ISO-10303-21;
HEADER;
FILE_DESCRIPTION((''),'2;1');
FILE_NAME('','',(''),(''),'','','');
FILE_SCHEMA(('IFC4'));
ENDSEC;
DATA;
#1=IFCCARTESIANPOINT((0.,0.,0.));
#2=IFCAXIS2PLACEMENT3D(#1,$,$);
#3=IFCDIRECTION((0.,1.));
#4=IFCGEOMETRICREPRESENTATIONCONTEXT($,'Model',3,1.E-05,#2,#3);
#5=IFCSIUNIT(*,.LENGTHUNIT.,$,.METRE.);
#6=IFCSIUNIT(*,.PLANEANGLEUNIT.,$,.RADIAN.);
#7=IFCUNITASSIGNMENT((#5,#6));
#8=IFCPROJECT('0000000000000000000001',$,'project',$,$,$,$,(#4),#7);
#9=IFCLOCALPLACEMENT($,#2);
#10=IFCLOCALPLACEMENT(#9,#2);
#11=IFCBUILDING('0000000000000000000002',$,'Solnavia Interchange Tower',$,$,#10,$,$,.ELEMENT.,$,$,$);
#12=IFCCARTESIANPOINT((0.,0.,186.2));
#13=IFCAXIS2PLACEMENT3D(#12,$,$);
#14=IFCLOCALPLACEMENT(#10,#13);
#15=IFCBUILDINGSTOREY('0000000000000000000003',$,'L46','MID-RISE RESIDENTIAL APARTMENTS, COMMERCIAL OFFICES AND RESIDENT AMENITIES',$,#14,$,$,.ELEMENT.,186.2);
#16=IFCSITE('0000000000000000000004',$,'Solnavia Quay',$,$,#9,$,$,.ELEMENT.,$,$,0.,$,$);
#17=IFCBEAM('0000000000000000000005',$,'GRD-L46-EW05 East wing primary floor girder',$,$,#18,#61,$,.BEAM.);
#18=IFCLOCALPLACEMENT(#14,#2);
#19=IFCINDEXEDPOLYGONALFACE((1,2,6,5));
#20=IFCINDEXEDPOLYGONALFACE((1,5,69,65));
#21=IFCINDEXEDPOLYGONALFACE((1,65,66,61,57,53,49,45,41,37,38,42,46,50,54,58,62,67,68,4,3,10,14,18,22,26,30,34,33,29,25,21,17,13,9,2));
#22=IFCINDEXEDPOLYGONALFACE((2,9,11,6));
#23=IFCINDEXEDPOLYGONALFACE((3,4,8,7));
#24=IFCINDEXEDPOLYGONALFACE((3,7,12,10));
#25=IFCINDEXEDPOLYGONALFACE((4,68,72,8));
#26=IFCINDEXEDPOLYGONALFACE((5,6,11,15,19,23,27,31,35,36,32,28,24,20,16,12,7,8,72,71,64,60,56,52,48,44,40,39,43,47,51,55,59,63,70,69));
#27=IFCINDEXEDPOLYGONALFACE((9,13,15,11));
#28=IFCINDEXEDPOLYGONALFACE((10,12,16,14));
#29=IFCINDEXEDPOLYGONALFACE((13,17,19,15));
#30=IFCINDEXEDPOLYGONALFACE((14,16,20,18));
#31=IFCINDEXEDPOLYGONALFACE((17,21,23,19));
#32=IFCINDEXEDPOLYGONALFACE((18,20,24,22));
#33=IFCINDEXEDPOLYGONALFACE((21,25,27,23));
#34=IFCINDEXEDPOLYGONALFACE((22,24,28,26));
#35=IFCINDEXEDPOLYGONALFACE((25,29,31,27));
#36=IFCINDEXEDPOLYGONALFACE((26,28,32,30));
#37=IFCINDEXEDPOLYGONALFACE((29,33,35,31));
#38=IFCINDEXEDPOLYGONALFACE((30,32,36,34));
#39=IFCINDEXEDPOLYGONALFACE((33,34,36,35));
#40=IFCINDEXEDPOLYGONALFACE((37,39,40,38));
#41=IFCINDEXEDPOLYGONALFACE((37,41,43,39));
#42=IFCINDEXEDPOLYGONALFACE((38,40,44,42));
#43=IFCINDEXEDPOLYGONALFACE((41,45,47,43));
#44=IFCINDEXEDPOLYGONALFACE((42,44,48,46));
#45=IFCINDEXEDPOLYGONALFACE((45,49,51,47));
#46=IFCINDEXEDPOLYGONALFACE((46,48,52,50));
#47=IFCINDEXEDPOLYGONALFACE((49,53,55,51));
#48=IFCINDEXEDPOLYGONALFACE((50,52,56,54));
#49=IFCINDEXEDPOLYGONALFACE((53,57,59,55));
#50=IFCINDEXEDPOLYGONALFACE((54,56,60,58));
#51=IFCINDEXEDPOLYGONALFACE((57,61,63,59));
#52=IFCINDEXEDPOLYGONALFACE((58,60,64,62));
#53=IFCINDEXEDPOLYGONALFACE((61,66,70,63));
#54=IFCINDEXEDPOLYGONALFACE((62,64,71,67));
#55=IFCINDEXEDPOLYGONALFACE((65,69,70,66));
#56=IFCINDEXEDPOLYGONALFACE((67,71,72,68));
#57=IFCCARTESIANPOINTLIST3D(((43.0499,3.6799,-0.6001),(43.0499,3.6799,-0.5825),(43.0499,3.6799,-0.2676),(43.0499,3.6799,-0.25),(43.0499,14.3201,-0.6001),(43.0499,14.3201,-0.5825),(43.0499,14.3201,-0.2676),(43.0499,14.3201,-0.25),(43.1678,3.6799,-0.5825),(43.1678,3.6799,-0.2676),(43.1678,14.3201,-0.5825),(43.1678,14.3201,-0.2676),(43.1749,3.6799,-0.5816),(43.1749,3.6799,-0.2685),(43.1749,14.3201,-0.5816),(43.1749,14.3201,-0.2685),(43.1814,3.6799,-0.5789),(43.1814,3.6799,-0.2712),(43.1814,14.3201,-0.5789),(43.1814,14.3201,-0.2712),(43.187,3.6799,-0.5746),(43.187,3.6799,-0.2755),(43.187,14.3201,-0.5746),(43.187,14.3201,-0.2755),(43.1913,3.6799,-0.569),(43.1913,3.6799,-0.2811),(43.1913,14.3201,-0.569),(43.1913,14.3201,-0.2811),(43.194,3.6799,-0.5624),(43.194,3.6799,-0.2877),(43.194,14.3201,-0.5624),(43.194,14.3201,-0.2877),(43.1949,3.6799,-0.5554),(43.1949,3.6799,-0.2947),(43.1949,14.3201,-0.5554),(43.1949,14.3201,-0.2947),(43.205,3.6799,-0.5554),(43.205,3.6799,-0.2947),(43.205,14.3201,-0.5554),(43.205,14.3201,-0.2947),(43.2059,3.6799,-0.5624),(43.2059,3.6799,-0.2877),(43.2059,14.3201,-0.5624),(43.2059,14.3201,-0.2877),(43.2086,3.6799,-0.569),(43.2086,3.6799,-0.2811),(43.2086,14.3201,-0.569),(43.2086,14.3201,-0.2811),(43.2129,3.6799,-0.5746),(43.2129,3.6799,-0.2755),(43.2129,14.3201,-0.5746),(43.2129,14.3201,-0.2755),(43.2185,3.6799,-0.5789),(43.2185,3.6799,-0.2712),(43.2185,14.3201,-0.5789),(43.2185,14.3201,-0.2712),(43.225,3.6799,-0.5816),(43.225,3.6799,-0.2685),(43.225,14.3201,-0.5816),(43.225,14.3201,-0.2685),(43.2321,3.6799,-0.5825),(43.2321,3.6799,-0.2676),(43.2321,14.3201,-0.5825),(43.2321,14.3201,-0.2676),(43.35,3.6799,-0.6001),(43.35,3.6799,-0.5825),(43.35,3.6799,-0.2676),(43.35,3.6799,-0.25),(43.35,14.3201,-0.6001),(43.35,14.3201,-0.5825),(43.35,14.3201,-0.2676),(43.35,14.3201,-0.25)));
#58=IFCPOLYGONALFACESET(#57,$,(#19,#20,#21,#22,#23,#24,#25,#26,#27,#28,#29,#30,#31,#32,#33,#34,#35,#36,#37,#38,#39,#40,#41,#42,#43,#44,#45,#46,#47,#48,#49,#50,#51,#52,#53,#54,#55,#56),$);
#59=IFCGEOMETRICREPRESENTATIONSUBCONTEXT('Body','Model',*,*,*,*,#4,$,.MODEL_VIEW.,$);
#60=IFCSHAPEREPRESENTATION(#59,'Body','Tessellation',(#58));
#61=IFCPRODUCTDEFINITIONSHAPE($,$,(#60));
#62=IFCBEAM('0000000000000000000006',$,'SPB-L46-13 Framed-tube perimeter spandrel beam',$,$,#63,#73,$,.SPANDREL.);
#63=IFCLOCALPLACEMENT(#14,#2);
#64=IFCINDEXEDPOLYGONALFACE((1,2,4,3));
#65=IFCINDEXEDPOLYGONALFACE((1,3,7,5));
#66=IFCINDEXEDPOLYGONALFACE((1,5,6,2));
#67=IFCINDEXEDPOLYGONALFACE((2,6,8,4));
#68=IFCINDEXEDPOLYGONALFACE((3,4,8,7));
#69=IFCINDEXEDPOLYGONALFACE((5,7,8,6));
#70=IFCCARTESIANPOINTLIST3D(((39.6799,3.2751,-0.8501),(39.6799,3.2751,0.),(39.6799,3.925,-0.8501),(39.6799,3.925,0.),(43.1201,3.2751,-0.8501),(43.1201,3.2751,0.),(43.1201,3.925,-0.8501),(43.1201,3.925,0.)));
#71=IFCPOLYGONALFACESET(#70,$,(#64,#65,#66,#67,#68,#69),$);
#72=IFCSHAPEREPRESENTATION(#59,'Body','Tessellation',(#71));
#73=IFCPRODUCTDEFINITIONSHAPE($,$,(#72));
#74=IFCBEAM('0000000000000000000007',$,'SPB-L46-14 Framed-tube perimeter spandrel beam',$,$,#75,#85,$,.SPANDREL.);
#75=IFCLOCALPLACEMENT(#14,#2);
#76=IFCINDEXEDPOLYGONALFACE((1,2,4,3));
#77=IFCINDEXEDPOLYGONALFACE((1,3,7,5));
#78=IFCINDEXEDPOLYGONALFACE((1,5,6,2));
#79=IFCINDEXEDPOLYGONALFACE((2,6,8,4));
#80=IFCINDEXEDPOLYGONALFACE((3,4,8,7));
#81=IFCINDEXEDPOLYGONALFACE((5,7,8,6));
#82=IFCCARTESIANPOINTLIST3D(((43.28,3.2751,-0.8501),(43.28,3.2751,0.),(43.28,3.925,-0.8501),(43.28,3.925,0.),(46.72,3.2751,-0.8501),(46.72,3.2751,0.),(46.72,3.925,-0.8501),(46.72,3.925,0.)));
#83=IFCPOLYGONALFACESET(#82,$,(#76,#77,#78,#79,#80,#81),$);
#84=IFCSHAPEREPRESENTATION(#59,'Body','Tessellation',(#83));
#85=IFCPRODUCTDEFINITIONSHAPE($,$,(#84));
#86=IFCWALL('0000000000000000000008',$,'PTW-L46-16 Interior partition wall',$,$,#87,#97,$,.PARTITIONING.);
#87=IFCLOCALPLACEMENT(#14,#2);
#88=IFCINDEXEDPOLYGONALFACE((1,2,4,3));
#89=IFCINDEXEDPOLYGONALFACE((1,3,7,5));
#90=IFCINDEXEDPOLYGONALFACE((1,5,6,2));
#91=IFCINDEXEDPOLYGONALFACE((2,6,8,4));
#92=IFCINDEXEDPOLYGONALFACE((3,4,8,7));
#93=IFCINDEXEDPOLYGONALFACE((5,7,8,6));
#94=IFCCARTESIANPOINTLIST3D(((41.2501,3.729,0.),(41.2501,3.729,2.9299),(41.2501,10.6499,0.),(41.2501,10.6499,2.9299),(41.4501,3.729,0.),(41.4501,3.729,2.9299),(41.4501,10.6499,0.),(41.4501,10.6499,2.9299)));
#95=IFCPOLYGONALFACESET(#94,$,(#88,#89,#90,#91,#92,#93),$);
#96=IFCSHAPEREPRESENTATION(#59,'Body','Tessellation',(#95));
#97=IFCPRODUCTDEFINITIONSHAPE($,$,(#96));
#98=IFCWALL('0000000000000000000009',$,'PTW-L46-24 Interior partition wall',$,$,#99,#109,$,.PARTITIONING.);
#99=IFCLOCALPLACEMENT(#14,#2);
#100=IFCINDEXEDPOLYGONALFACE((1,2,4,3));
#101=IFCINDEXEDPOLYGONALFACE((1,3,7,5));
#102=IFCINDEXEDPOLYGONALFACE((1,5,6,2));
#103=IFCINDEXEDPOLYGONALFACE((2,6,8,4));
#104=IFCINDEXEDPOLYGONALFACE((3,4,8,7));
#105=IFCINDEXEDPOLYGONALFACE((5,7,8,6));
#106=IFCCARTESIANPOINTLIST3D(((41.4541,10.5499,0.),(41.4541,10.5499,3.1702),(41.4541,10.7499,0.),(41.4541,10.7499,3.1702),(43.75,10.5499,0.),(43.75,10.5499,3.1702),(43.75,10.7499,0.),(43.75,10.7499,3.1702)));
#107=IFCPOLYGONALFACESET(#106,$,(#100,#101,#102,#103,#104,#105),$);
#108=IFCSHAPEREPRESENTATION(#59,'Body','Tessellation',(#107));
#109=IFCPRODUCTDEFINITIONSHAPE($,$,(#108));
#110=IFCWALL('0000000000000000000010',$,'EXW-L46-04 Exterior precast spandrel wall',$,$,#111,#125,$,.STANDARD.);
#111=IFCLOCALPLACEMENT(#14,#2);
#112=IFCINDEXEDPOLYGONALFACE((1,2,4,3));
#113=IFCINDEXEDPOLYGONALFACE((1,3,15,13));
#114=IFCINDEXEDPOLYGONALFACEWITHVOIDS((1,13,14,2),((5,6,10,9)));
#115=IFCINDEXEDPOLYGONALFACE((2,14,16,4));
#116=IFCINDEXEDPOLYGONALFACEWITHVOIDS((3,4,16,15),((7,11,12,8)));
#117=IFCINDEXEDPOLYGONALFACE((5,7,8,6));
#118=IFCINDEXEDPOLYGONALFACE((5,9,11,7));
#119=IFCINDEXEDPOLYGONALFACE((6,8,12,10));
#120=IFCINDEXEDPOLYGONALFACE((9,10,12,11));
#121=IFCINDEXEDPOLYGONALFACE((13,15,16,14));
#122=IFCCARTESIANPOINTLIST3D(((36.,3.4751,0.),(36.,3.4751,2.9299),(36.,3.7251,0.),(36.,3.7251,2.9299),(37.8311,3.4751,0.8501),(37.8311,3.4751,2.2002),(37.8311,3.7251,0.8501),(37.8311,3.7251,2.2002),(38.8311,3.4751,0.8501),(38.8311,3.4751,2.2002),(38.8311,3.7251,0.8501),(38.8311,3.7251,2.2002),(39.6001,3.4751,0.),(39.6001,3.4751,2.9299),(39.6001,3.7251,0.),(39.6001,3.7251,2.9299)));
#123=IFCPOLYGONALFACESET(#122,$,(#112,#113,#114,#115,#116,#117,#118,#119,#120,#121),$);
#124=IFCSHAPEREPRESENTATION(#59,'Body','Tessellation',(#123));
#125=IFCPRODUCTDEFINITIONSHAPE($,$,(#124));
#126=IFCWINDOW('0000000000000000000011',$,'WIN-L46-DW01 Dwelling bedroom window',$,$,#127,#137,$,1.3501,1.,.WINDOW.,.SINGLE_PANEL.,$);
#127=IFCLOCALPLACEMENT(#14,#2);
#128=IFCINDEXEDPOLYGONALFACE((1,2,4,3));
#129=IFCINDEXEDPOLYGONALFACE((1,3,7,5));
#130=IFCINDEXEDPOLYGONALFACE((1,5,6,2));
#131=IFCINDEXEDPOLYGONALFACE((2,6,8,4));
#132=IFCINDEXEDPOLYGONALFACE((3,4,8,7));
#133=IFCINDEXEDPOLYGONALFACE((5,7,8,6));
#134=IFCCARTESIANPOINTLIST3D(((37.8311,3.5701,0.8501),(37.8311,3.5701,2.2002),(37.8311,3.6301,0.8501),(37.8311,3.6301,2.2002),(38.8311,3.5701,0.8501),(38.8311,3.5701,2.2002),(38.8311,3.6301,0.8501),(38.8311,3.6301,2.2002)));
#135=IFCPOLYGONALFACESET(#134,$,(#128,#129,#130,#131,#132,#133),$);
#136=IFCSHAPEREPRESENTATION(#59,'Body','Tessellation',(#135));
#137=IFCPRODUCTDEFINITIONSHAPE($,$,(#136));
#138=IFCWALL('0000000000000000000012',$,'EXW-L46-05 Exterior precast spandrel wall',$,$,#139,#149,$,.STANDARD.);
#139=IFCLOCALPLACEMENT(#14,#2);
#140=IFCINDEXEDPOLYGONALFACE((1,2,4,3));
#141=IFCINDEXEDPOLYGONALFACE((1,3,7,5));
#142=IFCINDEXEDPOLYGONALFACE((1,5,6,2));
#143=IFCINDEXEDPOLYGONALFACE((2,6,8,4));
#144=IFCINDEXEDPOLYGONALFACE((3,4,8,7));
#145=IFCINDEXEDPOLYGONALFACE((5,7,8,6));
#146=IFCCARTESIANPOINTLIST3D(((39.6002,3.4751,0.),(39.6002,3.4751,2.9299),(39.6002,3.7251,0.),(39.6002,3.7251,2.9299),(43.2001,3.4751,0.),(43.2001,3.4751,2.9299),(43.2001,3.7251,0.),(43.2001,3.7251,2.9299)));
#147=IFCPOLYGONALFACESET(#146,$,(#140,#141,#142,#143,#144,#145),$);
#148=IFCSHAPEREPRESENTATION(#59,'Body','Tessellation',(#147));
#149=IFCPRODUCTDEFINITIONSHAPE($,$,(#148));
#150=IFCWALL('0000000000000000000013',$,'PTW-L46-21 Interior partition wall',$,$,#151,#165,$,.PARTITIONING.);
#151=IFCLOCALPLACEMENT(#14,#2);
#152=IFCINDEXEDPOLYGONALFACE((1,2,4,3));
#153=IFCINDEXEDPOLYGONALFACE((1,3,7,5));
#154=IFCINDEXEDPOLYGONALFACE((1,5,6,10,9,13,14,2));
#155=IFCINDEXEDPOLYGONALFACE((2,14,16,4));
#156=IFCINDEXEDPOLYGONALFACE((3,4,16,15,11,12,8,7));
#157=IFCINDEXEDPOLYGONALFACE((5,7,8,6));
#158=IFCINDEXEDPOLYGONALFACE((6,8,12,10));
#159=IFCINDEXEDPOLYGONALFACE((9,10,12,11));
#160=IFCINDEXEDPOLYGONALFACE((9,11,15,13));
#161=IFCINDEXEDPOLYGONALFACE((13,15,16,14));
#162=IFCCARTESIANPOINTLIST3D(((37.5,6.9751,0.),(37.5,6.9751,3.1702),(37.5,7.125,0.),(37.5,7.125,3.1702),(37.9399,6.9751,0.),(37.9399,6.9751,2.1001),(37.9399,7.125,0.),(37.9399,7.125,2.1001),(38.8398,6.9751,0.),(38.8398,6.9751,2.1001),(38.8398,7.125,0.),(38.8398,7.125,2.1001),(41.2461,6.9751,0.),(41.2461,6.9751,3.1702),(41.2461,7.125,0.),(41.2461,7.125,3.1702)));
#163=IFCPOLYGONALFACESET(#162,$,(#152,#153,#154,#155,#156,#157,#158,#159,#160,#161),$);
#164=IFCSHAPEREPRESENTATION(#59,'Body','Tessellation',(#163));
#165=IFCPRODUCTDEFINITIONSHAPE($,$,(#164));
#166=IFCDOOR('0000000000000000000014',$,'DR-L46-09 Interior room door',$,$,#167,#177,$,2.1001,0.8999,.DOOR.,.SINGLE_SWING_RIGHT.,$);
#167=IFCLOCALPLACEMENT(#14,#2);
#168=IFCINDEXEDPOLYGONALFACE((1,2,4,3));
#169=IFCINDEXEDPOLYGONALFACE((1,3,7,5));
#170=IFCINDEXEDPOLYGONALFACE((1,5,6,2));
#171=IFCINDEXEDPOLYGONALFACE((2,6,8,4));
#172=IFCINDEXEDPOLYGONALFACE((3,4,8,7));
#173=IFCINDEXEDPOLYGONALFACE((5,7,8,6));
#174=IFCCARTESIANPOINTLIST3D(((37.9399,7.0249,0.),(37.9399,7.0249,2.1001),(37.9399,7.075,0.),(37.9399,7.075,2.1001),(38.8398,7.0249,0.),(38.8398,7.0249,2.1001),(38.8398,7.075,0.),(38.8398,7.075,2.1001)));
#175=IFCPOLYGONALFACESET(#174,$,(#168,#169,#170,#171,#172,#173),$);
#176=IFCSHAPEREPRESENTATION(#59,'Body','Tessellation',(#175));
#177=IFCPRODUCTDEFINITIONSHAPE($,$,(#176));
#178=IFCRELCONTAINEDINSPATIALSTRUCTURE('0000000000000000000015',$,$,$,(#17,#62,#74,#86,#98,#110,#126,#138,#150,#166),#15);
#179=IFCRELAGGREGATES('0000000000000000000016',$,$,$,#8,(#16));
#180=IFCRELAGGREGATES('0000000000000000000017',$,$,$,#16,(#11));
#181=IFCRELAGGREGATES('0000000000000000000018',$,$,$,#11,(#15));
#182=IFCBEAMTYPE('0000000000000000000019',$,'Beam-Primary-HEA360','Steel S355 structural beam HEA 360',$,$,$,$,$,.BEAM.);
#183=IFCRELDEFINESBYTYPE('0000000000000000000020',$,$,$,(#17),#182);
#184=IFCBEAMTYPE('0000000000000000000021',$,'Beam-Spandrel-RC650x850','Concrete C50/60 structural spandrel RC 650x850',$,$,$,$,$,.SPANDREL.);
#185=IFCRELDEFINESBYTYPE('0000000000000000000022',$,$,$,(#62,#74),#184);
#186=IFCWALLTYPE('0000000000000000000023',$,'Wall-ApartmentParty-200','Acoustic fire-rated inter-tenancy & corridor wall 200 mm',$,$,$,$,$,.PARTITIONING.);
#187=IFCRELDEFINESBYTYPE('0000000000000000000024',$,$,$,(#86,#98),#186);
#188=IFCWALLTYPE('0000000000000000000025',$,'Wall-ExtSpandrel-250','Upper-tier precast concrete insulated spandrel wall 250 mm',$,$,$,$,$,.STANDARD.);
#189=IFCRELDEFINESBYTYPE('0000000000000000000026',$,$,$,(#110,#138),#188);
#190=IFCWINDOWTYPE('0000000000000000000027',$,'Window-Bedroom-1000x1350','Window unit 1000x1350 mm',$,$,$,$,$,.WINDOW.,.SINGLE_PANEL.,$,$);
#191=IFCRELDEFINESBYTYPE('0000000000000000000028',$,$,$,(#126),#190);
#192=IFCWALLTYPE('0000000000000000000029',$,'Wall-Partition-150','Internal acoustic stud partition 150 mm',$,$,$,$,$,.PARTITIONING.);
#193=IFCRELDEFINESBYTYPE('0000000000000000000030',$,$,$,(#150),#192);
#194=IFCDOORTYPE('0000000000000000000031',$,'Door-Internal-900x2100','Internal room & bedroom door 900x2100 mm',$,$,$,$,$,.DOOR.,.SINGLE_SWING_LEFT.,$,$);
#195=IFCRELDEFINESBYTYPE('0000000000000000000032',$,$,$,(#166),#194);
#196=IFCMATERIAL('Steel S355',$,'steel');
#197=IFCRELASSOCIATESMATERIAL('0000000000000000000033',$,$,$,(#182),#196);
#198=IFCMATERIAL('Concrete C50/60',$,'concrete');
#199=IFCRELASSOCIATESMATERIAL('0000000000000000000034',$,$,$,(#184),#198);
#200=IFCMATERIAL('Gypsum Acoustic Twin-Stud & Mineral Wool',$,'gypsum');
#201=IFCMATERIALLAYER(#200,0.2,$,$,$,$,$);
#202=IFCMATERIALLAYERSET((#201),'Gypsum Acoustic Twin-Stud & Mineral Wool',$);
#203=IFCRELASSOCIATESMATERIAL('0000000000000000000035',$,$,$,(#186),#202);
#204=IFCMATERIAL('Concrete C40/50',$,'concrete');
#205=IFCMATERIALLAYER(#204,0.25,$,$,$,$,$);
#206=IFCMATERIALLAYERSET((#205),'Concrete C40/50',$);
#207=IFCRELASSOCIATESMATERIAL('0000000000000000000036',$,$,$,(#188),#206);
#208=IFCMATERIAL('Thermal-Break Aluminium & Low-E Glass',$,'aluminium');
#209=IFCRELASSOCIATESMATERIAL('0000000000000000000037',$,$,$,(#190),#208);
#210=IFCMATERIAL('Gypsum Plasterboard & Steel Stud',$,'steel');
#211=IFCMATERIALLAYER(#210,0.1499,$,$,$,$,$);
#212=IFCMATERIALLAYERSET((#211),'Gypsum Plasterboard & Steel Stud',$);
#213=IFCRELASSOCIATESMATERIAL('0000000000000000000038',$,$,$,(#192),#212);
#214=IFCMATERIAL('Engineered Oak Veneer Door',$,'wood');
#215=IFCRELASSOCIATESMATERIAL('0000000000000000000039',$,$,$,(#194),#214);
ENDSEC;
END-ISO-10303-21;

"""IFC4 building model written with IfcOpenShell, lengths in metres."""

from ifc_helpers import new_model, si_unit, direction, frame, frame_2d, origin, origin_2d, place, context, subcontext, project, spatial, rectangle, i_section, extrude, material, layer, layer_set, material_profile, profile_set, type_object, element, fill, save


model = new_model("IFC4")

# Units and contexts
model_context = context("Model", 3, precision=1e-05, world=origin(), true_north=direction((0.0, 1.0)))
body_context = subcontext(model_context, "Body", "Model", "MODEL_VIEW")
ifc_project = project(units=[si_unit("LENGTHUNIT", "METRE"), si_unit("PLANEANGLEUNIT", "RADIAN")], contexts=[model_context])

# Site, building, storey
site_placement = place(None, origin())
site = spatial("IfcSite", under=ifc_project, at=site_placement, Name="Solnavia Quay", CompositionType="ELEMENT", RefElevation=0.0)
building_placement = place(site_placement, origin())
building = spatial("IfcBuilding", under=site, at=building_placement, Name="Solnavia Interchange Tower", CompositionType="ELEMENT")
storey_placement = place(building_placement, frame((0.0, 0.0, 186.2)))
storey = spatial("IfcBuildingStorey", under=building, at=storey_placement, Name="L46", Description="MID-RISE RESIDENTIAL APARTMENTS, COMMERCIAL OFFICES AND RESIDENT AMENITIES", CompositionType="ELEMENT", Elevation=186.2)

# Shared definitions
ifc_material_1 = material(Name="Concrete C50/60", Category="concrete")

# Beams
ifc_material_2 = material(Name="Steel S355", Category="steel")
ifc_material_profile_1 = material_profile(ifc_material_2, i_section(OverallWidth=0.3, OverallDepth=0.3501, WebThickness=0.01, FlangeThickness=0.0176, FilletRadius=0.0271, at=origin_2d()), Name="HEA 360")
ifc_profile_set_1 = profile_set([ifc_material_profile_1], Name="Steel S355")
beam_type_1 = type_object("IfcBeamType", Name="Beam-Primary-HEA360", Description="Steel S355 structural beam HEA 360", PredefinedType="BEAM", material=ifc_profile_set_1)
beam_1_placement = place(storey_placement, frame((43.2, 3.6799, -0.425), z_axis=(0.0, 1.0, 0.0), x_axis=(-1.0, 0.0, 0.0)))
element("IfcBeam", 1, at=beam_1_placement, inside=storey, type_object=beam_type_1, Name="GRD-L46-EW05 East wing primary floor girder", PredefinedType="BEAM", context=body_context, shape_type="SweptSolid", body=[
    extrude(i_section(OverallWidth=0.3, OverallDepth=0.3501, WebThickness=0.01, FlangeThickness=0.0176, FilletRadius=0.0271, at=origin_2d()), origin(), (0.0, 0.0, 1.0), 10.6401),
])
ifc_material_profile_2 = material_profile(ifc_material_1, rectangle(XDim=0.6499, YDim=0.8501, at=origin_2d()), Name="RC 650x850")
ifc_profile_set_2 = profile_set([ifc_material_profile_2], Name="Concrete C50/60")
beam_type_2 = type_object("IfcBeamType", Name="Beam-Spandrel-RC650x850", Description="Concrete C50/60 structural spandrel RC 650x850", PredefinedType="SPANDREL", material=ifc_profile_set_2)
beam_2_placement = place(storey_placement, frame((39.6799, 3.6001, -0.425), z_axis=(1.0, 0.0, 0.0), x_axis=(0.0, 1.0, 0.0)))
element("IfcBeam", 2, at=beam_2_placement, inside=storey, type_object=beam_type_2, Name="SPB-L46-13 Framed-tube perimeter spandrel beam", PredefinedType="SPANDREL", context=body_context, shape_type="SweptSolid", body=[
    extrude(rectangle(XDim=0.6499, YDim=0.8501, at=origin_2d()), origin(), (0.0, 0.0, 1.0), 3.4402),
])
beam_3_placement = place(storey_placement, frame((43.28, 3.6001, -0.425), z_axis=(1.0, 0.0, 0.0), x_axis=(0.0, 1.0, 0.0)))
element("IfcBeam", 3, at=beam_3_placement, inside=storey, type_object=beam_type_2, Name="SPB-L46-14 Framed-tube perimeter spandrel beam", PredefinedType="SPANDREL", context=body_context, shape_type="SweptSolid", body=[
    extrude(rectangle(XDim=0.6499, YDim=0.8501, at=origin_2d()), origin(), (0.0, 0.0, 1.0), 3.4399),
])

# Walls
ifc_material_3 = material(Name="Gypsum Acoustic Twin-Stud & Mineral Wool", Category="gypsum")
ifc_layer_1 = layer(ifc_material_3, 0.2)
ifc_layer_set_1 = layer_set([ifc_layer_1], Name="Gypsum Acoustic Twin-Stud & Mineral Wool")
wall_type_1 = type_object("IfcWallType", Name="Wall-ApartmentParty-200", Description="Acoustic fire-rated inter-tenancy & corridor wall 200 mm", PredefinedType="PARTITIONING", material=ifc_layer_set_1)
wall_1_placement = place(storey_placement, frame((41.3501, 3.729, 0.0), z_axis=(0.0, 0.0, 1.0), x_axis=(0.0, 1.0, 0.0)))
element("IfcWall", 4, at=wall_1_placement, inside=storey, type_object=wall_type_1, Name="PTW-L46-16 Interior partition wall", PredefinedType="PARTITIONING", context=body_context, shape_type="SweptSolid", body=[
    extrude(rectangle(XDim=6.9209, YDim=0.2, at=frame_2d((3.4604, 0.0))), origin(), (0.0, 0.0, 1.0), 2.9299),
])
wall_2_placement = place(storey_placement, frame((41.4541, 10.6499, 0.0), z_axis=(0.0, 0.0, 1.0), x_axis=(1.0, 0.0, 0.0)))
element("IfcWall", 5, at=wall_2_placement, inside=storey, type_object=wall_type_1, Name="PTW-L46-24 Interior partition wall", PredefinedType="PARTITIONING", context=body_context, shape_type="SweptSolid", body=[
    extrude(rectangle(XDim=2.2959, YDim=0.2, at=frame_2d((1.1479, 0.0))), origin(), (0.0, 0.0, 1.0), 3.1702),
])

# Wall, opening, window
ifc_material_4 = material(Name="Concrete C40/50", Category="concrete")
ifc_layer_2 = layer(ifc_material_4, 0.25)
ifc_layer_set_2 = layer_set([ifc_layer_2], Name="Concrete C40/50")
wall_type_2 = type_object("IfcWallType", Name="Wall-ExtSpandrel-250", Description="Upper-tier precast concrete insulated spandrel wall 250 mm", PredefinedType="STANDARD", material=ifc_layer_set_2)
wall_3_placement = place(storey_placement, frame((39.6001, 3.6001, 0.0), z_axis=(0.0, 0.0, 1.0), x_axis=(-1.0, 0.0, 0.0)))
wall_3 = element("IfcWall", 6, at=wall_3_placement, inside=storey, type_object=wall_type_2, Name="EXW-L46-04 Exterior precast spandrel wall", PredefinedType="STANDARD", context=body_context, shape_type="SweptSolid", body=[
    extrude(rectangle(XDim=3.6001, YDim=0.25, at=frame_2d((1.8, 0.0))), origin(), (0.0, 0.0, 1.0), 2.9299),
])
opening_1_placement = place(wall_3_placement, frame((0.769, 0.0, 0.8501)))
opening_1 = element("IfcOpeningElement", 7, at=opening_1_placement, cuts=wall_3, PredefinedType="OPENING", context=body_context, shape_type="SweptSolid", body=[
    extrude(rectangle(XDim=1.0, YDim=1.3501, at=frame_2d((0.5, 0.675))), frame((0.0, 0.135, 0.0), z_axis=(0.0, -1.0, 0.0), x_axis=(1.0, 0.0, 0.0)), (0.0, 0.0, 1.0), 0.27),
])
ifc_material_5 = material(Name="Thermal-Break Aluminium & Low-E Glass", Category="aluminium")
window_type = type_object("IfcWindowType", Name="Window-Bedroom-1000x1350", Description="Window unit 1000x1350 mm", PartitioningType="SINGLE_PANEL", PredefinedType="WINDOW", material=ifc_material_5)
window_placement = place(opening_1_placement, origin())
window = element("IfcWindow", 8, at=window_placement, inside=storey, type_object=window_type, Name="WIN-L46-DW01 Dwelling bedroom window", OverallHeight=1.3501, OverallWidth=1.0, PartitioningType="SINGLE_PANEL", PredefinedType="WINDOW", context=body_context, shape_type="SweptSolid", body=[
    extrude(rectangle(XDim=1.0, YDim=1.3501, at=frame_2d((0.5, 0.675))), frame((0.0, 0.03, 0.0), z_axis=(0.0, -1.0, 0.0), x_axis=(1.0, 0.0, 0.0)), (0.0, 0.0, 1.0), 0.0601),
])
fill(opening_1, window)

# Wall
wall_4_placement = place(storey_placement, frame((43.2, 3.6001, 0.0), z_axis=(0.0, 0.0, 1.0), x_axis=(-1.0, 0.0, 0.0)))
element("IfcWall", 9, at=wall_4_placement, inside=storey, type_object=wall_type_2, Name="EXW-L46-05 Exterior precast spandrel wall", PredefinedType="STANDARD", context=body_context, shape_type="SweptSolid", body=[
    extrude(rectangle(XDim=3.5999, YDim=0.25, at=frame_2d((1.7998, 0.0))), origin(), (0.0, 0.0, 1.0), 2.9299),
])

# Wall, opening, door
ifc_material_6 = material(Name="Gypsum Plasterboard & Steel Stud", Category="steel")
ifc_layer_3 = layer(ifc_material_6, 0.1499)
ifc_layer_set_3 = layer_set([ifc_layer_3], Name="Gypsum Plasterboard & Steel Stud")
wall_type_3 = type_object("IfcWallType", Name="Wall-Partition-150", Description="Internal acoustic stud partition 150 mm", PredefinedType="PARTITIONING", material=ifc_layer_set_3)
wall_5_placement = place(storey_placement, frame((37.5, 7.05, 0.0), z_axis=(0.0, 0.0, 1.0), x_axis=(1.0, 0.0, 0.0)))
wall_5 = element("IfcWall", 10, at=wall_5_placement, inside=storey, type_object=wall_type_3, Name="PTW-L46-21 Interior partition wall", PredefinedType="PARTITIONING", context=body_context, shape_type="SweptSolid", body=[
    extrude(rectangle(XDim=3.7461, YDim=0.1499, at=frame_2d((1.873, 0.0))), origin(), (0.0, 0.0, 1.0), 3.1702),
])
opening_2_placement = place(wall_5_placement, frame((0.4399, 0.0, 0.0)))
opening_2 = element("IfcOpeningElement", 11, at=opening_2_placement, cuts=wall_5, PredefinedType="OPENING", context=body_context, shape_type="SweptSolid", body=[
    extrude(rectangle(XDim=0.8999, YDim=2.1001, at=frame_2d((0.45, 1.05))), frame((0.0, 0.085, 0.0), z_axis=(0.0, -1.0, 0.0), x_axis=(1.0, 0.0, 0.0)), (0.0, 0.0, 1.0), 0.1699),
])
ifc_material_7 = material(Name="Engineered Oak Veneer Door", Category="wood")
door_type_1 = type_object("IfcDoorType", Name="Door-Internal-900x2100", Description="Internal room & bedroom door 900x2100 mm", OperationType="SINGLE_SWING_LEFT", PredefinedType="DOOR", material=ifc_material_7)
door_1_placement = place(opening_2_placement, origin())
door_1 = element("IfcDoor", 12, at=door_1_placement, inside=storey, type_object=door_type_1, Name="DR-L46-09 Interior room door", OperationType="SINGLE_SWING_RIGHT", OverallHeight=2.1001, OverallWidth=0.8999, PredefinedType="DOOR", context=body_context, shape_type="SweptSolid", body=[
    extrude(rectangle(XDim=0.8999, YDim=2.1001, at=frame_2d((0.45, 1.05))), frame((0.0, 0.0249, 0.0), z_axis=(0.0, -1.0, 0.0), x_axis=(1.0, 0.0, 0.0)), (0.0, 0.0, 1.0), 0.05),
])
fill(opening_2, door_1)

save(model, "model.ifc")
